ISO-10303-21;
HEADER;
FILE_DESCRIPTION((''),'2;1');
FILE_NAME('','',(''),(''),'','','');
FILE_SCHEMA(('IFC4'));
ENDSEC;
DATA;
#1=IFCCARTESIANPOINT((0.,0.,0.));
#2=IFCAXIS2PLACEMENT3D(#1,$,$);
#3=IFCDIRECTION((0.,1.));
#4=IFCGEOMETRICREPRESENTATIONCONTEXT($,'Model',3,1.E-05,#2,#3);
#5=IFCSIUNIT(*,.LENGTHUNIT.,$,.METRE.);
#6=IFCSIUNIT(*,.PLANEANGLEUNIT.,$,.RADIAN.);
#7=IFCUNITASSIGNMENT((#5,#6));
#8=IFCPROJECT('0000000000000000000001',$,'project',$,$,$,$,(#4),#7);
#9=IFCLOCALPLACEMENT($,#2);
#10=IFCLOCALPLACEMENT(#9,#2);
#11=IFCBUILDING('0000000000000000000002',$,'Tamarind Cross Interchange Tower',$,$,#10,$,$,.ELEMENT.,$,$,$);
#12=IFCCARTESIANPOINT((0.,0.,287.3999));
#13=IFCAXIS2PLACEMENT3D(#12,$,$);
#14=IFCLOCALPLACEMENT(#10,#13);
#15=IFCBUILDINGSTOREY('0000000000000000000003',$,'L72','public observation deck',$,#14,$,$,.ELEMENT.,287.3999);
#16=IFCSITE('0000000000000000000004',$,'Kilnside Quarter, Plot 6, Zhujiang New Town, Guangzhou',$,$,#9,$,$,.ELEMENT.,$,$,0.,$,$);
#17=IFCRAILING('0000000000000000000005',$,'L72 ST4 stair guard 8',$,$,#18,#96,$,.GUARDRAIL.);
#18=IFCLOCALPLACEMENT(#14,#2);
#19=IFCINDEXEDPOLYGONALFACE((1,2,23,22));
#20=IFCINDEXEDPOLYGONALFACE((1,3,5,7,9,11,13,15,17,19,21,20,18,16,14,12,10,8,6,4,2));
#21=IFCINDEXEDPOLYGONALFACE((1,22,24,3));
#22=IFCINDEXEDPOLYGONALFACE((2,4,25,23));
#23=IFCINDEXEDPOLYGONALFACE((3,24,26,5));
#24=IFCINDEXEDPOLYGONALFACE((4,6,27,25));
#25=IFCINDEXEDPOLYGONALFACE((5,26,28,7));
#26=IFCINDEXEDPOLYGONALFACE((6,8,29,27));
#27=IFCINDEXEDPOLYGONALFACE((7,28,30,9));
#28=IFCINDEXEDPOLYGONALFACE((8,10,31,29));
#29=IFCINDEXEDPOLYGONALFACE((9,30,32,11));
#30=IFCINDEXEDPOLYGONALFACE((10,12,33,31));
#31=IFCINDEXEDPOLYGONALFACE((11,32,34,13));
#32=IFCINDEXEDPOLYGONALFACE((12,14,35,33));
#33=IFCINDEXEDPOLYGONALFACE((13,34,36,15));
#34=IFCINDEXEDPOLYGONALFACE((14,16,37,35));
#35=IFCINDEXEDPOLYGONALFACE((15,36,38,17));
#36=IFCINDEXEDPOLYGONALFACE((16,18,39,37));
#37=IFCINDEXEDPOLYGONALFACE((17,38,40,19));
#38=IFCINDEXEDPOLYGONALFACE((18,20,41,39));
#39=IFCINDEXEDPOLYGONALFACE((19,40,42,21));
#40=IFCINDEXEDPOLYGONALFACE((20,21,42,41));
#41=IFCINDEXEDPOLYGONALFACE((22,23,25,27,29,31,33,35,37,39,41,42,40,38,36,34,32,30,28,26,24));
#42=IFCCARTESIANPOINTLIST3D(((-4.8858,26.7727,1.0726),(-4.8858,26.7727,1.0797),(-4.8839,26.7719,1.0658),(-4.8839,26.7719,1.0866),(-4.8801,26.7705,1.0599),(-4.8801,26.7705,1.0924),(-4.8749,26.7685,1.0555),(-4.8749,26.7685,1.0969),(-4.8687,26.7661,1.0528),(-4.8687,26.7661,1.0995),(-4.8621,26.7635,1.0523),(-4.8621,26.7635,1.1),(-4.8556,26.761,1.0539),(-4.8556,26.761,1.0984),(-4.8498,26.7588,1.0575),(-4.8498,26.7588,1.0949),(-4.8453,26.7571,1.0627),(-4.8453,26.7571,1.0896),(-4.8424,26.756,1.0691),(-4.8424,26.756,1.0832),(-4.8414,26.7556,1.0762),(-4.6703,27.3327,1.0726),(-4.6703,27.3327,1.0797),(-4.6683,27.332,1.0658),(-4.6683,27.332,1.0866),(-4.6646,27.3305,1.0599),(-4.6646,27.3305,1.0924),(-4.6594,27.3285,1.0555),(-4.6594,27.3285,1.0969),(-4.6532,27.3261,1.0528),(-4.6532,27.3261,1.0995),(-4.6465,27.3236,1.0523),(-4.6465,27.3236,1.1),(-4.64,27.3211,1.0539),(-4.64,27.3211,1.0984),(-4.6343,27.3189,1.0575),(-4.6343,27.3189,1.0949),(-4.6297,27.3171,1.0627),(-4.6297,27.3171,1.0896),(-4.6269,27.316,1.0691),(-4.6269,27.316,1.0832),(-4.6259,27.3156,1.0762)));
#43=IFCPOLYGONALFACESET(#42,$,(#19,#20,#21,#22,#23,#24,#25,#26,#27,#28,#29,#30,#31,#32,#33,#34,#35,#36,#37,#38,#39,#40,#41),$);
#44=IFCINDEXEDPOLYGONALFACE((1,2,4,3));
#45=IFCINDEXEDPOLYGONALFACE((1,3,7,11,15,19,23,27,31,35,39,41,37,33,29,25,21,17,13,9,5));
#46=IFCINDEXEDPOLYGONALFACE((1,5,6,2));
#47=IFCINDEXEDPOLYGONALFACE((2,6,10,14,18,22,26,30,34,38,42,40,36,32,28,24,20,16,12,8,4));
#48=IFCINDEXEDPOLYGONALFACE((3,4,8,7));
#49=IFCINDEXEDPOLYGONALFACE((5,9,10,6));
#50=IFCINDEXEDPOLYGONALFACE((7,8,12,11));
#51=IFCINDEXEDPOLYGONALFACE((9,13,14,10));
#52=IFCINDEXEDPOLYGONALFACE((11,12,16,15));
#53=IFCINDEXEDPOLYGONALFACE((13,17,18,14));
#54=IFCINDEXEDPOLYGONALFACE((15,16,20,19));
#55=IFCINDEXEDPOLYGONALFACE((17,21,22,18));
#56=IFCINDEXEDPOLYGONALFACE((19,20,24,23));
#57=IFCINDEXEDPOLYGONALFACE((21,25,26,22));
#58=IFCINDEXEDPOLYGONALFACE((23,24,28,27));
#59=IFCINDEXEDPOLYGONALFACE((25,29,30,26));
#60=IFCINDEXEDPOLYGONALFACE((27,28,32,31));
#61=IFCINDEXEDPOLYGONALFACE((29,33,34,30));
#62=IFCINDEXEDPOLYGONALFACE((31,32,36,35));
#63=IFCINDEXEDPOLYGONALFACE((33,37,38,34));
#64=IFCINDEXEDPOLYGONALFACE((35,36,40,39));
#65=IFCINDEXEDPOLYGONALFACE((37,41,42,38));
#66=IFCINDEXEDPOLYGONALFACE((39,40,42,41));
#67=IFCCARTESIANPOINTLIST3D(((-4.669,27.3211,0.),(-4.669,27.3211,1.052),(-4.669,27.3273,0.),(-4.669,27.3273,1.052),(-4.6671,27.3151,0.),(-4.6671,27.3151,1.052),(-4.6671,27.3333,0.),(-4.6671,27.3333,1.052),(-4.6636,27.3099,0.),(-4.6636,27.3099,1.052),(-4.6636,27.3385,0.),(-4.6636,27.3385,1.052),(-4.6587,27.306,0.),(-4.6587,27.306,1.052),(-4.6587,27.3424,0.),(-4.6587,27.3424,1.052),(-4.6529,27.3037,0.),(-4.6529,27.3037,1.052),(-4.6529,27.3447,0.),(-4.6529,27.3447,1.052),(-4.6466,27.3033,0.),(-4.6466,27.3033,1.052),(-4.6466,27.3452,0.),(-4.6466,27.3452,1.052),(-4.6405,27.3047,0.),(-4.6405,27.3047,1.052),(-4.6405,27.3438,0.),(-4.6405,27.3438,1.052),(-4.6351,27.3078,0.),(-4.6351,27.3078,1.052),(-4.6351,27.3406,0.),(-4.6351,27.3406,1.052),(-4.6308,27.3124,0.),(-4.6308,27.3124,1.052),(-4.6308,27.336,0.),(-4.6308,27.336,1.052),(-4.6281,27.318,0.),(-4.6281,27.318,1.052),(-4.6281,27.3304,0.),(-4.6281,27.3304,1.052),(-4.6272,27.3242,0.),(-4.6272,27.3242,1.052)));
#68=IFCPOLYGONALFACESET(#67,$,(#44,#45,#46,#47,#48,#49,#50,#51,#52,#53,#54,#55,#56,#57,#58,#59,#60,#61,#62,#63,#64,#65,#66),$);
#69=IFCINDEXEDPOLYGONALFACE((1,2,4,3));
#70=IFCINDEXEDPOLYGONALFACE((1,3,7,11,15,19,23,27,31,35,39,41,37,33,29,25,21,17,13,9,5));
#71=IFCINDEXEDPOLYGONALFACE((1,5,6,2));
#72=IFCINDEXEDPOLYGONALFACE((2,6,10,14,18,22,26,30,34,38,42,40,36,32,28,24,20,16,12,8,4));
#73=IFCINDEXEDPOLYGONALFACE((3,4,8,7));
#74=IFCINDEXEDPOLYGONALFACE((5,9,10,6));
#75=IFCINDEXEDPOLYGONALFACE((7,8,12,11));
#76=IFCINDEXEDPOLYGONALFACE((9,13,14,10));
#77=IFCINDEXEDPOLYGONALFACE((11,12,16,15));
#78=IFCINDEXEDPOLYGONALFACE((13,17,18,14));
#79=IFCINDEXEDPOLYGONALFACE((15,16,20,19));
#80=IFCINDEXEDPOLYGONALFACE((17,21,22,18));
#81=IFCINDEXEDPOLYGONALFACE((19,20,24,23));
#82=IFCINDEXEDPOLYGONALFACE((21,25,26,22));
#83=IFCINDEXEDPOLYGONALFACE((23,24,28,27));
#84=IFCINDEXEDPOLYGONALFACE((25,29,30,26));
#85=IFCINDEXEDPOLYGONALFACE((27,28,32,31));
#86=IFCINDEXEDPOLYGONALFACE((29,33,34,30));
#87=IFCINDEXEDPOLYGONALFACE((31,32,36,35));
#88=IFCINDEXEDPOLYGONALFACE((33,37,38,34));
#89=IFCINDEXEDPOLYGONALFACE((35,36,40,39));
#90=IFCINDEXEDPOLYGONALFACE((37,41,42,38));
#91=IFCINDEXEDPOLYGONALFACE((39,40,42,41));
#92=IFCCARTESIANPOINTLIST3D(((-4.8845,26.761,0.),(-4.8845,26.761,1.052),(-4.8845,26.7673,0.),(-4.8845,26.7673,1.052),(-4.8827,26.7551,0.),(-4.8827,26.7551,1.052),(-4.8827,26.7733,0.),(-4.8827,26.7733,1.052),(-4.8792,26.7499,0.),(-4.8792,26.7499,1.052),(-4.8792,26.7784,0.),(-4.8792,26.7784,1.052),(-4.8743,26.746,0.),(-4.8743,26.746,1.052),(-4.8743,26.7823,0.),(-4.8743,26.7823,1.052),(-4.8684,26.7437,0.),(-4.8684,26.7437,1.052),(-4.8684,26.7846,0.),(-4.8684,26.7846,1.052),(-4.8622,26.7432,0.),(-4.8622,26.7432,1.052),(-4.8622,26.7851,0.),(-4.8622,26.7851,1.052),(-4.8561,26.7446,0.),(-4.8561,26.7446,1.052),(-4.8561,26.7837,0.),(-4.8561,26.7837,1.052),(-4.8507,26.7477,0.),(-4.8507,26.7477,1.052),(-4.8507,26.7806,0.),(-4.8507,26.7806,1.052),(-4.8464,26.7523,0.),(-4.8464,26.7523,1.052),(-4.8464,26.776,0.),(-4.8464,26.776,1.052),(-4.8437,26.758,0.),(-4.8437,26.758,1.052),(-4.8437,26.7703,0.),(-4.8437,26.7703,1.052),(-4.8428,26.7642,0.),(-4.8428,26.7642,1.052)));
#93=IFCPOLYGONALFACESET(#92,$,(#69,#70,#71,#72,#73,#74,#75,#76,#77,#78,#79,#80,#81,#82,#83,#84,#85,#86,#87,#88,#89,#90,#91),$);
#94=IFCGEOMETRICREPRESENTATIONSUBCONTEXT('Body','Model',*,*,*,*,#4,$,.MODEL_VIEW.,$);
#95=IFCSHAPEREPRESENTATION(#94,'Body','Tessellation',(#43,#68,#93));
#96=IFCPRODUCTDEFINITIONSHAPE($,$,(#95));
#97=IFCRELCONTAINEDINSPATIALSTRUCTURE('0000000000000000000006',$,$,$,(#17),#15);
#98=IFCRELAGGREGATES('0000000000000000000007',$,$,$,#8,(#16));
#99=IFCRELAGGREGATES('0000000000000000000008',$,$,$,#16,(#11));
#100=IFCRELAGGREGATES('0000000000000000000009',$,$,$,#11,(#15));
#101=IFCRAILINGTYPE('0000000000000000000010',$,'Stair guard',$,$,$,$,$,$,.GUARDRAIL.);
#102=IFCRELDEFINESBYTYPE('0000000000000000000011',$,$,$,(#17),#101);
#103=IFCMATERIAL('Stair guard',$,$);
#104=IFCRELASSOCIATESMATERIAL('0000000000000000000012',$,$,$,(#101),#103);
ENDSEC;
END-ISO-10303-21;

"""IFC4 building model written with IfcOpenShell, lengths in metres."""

from ifc_helpers import new_model, si_unit, direction, frame, origin, origin_2d, place, context, subcontext, project, spatial, circle, extrude, material, type_object, element, save


model = new_model("IFC4")

# Units and contexts
model_context = context("Model", 3, precision=1e-05, world=origin(), true_north=direction((0.0, 1.0)))
body_context = subcontext(model_context, "Body", "Model", "MODEL_VIEW")
ifc_project = project(units=[si_unit("LENGTHUNIT", "METRE"), si_unit("PLANEANGLEUNIT", "RADIAN")], contexts=[model_context])

# Site, building, storey
site_placement = place(None, origin())
site = spatial("IfcSite", under=ifc_project, at=site_placement, Name="Kilnside Quarter, Plot 6, Zhujiang New Town, Guangzhou", CompositionType="ELEMENT", RefElevation=0.0)
building_placement = place(site_placement, origin())
building = spatial("IfcBuilding", under=site, at=building_placement, Name="Tamarind Cross Interchange Tower", CompositionType="ELEMENT")
storey_placement = place(building_placement, frame((0.0, 0.0, 287.3999)))
storey = spatial("IfcBuildingStorey", under=building, at=storey_placement, Name="L72", Description="public observation deck", CompositionType="ELEMENT", Elevation=287.3999)

# Railing
ifc_material_1 = material(Name="Stair guard")
railing_type_1 = type_object("IfcRailingType", Name="Stair guard", PredefinedType="GUARDRAIL", material=ifc_material_1)
railing_1_placement = place(storey_placement, frame((-4.6482, 27.3242, 0.0)))
element("IfcRailing", 1, at=railing_1_placement, inside=storey, type_object=railing_type_1, Name="L72 ST4 stair guard 8", PredefinedType="GUARDRAIL", context=body_context, shape_type="SweptSolid", body=[
    extrude(circle(Radius=0.0239, at=origin_2d()), frame((0.0, 0.0, 1.0762), z_axis=(-0.359224, -0.933251, 0.0), x_axis=(0.933251, -0.359224, 0.0)), (0.0, 0.0, 1.0), 0.6001),
    extrude(circle(Radius=0.021, at=origin_2d()), origin(), (0.0, 0.0, 1.0), 1.052),
    extrude(circle(Radius=0.021, at=origin_2d()), frame((-0.2156, -0.5601, 0.0)), (0.0, 0.0, 1.0), 1.052),
])

save(model, "model.ifc")
